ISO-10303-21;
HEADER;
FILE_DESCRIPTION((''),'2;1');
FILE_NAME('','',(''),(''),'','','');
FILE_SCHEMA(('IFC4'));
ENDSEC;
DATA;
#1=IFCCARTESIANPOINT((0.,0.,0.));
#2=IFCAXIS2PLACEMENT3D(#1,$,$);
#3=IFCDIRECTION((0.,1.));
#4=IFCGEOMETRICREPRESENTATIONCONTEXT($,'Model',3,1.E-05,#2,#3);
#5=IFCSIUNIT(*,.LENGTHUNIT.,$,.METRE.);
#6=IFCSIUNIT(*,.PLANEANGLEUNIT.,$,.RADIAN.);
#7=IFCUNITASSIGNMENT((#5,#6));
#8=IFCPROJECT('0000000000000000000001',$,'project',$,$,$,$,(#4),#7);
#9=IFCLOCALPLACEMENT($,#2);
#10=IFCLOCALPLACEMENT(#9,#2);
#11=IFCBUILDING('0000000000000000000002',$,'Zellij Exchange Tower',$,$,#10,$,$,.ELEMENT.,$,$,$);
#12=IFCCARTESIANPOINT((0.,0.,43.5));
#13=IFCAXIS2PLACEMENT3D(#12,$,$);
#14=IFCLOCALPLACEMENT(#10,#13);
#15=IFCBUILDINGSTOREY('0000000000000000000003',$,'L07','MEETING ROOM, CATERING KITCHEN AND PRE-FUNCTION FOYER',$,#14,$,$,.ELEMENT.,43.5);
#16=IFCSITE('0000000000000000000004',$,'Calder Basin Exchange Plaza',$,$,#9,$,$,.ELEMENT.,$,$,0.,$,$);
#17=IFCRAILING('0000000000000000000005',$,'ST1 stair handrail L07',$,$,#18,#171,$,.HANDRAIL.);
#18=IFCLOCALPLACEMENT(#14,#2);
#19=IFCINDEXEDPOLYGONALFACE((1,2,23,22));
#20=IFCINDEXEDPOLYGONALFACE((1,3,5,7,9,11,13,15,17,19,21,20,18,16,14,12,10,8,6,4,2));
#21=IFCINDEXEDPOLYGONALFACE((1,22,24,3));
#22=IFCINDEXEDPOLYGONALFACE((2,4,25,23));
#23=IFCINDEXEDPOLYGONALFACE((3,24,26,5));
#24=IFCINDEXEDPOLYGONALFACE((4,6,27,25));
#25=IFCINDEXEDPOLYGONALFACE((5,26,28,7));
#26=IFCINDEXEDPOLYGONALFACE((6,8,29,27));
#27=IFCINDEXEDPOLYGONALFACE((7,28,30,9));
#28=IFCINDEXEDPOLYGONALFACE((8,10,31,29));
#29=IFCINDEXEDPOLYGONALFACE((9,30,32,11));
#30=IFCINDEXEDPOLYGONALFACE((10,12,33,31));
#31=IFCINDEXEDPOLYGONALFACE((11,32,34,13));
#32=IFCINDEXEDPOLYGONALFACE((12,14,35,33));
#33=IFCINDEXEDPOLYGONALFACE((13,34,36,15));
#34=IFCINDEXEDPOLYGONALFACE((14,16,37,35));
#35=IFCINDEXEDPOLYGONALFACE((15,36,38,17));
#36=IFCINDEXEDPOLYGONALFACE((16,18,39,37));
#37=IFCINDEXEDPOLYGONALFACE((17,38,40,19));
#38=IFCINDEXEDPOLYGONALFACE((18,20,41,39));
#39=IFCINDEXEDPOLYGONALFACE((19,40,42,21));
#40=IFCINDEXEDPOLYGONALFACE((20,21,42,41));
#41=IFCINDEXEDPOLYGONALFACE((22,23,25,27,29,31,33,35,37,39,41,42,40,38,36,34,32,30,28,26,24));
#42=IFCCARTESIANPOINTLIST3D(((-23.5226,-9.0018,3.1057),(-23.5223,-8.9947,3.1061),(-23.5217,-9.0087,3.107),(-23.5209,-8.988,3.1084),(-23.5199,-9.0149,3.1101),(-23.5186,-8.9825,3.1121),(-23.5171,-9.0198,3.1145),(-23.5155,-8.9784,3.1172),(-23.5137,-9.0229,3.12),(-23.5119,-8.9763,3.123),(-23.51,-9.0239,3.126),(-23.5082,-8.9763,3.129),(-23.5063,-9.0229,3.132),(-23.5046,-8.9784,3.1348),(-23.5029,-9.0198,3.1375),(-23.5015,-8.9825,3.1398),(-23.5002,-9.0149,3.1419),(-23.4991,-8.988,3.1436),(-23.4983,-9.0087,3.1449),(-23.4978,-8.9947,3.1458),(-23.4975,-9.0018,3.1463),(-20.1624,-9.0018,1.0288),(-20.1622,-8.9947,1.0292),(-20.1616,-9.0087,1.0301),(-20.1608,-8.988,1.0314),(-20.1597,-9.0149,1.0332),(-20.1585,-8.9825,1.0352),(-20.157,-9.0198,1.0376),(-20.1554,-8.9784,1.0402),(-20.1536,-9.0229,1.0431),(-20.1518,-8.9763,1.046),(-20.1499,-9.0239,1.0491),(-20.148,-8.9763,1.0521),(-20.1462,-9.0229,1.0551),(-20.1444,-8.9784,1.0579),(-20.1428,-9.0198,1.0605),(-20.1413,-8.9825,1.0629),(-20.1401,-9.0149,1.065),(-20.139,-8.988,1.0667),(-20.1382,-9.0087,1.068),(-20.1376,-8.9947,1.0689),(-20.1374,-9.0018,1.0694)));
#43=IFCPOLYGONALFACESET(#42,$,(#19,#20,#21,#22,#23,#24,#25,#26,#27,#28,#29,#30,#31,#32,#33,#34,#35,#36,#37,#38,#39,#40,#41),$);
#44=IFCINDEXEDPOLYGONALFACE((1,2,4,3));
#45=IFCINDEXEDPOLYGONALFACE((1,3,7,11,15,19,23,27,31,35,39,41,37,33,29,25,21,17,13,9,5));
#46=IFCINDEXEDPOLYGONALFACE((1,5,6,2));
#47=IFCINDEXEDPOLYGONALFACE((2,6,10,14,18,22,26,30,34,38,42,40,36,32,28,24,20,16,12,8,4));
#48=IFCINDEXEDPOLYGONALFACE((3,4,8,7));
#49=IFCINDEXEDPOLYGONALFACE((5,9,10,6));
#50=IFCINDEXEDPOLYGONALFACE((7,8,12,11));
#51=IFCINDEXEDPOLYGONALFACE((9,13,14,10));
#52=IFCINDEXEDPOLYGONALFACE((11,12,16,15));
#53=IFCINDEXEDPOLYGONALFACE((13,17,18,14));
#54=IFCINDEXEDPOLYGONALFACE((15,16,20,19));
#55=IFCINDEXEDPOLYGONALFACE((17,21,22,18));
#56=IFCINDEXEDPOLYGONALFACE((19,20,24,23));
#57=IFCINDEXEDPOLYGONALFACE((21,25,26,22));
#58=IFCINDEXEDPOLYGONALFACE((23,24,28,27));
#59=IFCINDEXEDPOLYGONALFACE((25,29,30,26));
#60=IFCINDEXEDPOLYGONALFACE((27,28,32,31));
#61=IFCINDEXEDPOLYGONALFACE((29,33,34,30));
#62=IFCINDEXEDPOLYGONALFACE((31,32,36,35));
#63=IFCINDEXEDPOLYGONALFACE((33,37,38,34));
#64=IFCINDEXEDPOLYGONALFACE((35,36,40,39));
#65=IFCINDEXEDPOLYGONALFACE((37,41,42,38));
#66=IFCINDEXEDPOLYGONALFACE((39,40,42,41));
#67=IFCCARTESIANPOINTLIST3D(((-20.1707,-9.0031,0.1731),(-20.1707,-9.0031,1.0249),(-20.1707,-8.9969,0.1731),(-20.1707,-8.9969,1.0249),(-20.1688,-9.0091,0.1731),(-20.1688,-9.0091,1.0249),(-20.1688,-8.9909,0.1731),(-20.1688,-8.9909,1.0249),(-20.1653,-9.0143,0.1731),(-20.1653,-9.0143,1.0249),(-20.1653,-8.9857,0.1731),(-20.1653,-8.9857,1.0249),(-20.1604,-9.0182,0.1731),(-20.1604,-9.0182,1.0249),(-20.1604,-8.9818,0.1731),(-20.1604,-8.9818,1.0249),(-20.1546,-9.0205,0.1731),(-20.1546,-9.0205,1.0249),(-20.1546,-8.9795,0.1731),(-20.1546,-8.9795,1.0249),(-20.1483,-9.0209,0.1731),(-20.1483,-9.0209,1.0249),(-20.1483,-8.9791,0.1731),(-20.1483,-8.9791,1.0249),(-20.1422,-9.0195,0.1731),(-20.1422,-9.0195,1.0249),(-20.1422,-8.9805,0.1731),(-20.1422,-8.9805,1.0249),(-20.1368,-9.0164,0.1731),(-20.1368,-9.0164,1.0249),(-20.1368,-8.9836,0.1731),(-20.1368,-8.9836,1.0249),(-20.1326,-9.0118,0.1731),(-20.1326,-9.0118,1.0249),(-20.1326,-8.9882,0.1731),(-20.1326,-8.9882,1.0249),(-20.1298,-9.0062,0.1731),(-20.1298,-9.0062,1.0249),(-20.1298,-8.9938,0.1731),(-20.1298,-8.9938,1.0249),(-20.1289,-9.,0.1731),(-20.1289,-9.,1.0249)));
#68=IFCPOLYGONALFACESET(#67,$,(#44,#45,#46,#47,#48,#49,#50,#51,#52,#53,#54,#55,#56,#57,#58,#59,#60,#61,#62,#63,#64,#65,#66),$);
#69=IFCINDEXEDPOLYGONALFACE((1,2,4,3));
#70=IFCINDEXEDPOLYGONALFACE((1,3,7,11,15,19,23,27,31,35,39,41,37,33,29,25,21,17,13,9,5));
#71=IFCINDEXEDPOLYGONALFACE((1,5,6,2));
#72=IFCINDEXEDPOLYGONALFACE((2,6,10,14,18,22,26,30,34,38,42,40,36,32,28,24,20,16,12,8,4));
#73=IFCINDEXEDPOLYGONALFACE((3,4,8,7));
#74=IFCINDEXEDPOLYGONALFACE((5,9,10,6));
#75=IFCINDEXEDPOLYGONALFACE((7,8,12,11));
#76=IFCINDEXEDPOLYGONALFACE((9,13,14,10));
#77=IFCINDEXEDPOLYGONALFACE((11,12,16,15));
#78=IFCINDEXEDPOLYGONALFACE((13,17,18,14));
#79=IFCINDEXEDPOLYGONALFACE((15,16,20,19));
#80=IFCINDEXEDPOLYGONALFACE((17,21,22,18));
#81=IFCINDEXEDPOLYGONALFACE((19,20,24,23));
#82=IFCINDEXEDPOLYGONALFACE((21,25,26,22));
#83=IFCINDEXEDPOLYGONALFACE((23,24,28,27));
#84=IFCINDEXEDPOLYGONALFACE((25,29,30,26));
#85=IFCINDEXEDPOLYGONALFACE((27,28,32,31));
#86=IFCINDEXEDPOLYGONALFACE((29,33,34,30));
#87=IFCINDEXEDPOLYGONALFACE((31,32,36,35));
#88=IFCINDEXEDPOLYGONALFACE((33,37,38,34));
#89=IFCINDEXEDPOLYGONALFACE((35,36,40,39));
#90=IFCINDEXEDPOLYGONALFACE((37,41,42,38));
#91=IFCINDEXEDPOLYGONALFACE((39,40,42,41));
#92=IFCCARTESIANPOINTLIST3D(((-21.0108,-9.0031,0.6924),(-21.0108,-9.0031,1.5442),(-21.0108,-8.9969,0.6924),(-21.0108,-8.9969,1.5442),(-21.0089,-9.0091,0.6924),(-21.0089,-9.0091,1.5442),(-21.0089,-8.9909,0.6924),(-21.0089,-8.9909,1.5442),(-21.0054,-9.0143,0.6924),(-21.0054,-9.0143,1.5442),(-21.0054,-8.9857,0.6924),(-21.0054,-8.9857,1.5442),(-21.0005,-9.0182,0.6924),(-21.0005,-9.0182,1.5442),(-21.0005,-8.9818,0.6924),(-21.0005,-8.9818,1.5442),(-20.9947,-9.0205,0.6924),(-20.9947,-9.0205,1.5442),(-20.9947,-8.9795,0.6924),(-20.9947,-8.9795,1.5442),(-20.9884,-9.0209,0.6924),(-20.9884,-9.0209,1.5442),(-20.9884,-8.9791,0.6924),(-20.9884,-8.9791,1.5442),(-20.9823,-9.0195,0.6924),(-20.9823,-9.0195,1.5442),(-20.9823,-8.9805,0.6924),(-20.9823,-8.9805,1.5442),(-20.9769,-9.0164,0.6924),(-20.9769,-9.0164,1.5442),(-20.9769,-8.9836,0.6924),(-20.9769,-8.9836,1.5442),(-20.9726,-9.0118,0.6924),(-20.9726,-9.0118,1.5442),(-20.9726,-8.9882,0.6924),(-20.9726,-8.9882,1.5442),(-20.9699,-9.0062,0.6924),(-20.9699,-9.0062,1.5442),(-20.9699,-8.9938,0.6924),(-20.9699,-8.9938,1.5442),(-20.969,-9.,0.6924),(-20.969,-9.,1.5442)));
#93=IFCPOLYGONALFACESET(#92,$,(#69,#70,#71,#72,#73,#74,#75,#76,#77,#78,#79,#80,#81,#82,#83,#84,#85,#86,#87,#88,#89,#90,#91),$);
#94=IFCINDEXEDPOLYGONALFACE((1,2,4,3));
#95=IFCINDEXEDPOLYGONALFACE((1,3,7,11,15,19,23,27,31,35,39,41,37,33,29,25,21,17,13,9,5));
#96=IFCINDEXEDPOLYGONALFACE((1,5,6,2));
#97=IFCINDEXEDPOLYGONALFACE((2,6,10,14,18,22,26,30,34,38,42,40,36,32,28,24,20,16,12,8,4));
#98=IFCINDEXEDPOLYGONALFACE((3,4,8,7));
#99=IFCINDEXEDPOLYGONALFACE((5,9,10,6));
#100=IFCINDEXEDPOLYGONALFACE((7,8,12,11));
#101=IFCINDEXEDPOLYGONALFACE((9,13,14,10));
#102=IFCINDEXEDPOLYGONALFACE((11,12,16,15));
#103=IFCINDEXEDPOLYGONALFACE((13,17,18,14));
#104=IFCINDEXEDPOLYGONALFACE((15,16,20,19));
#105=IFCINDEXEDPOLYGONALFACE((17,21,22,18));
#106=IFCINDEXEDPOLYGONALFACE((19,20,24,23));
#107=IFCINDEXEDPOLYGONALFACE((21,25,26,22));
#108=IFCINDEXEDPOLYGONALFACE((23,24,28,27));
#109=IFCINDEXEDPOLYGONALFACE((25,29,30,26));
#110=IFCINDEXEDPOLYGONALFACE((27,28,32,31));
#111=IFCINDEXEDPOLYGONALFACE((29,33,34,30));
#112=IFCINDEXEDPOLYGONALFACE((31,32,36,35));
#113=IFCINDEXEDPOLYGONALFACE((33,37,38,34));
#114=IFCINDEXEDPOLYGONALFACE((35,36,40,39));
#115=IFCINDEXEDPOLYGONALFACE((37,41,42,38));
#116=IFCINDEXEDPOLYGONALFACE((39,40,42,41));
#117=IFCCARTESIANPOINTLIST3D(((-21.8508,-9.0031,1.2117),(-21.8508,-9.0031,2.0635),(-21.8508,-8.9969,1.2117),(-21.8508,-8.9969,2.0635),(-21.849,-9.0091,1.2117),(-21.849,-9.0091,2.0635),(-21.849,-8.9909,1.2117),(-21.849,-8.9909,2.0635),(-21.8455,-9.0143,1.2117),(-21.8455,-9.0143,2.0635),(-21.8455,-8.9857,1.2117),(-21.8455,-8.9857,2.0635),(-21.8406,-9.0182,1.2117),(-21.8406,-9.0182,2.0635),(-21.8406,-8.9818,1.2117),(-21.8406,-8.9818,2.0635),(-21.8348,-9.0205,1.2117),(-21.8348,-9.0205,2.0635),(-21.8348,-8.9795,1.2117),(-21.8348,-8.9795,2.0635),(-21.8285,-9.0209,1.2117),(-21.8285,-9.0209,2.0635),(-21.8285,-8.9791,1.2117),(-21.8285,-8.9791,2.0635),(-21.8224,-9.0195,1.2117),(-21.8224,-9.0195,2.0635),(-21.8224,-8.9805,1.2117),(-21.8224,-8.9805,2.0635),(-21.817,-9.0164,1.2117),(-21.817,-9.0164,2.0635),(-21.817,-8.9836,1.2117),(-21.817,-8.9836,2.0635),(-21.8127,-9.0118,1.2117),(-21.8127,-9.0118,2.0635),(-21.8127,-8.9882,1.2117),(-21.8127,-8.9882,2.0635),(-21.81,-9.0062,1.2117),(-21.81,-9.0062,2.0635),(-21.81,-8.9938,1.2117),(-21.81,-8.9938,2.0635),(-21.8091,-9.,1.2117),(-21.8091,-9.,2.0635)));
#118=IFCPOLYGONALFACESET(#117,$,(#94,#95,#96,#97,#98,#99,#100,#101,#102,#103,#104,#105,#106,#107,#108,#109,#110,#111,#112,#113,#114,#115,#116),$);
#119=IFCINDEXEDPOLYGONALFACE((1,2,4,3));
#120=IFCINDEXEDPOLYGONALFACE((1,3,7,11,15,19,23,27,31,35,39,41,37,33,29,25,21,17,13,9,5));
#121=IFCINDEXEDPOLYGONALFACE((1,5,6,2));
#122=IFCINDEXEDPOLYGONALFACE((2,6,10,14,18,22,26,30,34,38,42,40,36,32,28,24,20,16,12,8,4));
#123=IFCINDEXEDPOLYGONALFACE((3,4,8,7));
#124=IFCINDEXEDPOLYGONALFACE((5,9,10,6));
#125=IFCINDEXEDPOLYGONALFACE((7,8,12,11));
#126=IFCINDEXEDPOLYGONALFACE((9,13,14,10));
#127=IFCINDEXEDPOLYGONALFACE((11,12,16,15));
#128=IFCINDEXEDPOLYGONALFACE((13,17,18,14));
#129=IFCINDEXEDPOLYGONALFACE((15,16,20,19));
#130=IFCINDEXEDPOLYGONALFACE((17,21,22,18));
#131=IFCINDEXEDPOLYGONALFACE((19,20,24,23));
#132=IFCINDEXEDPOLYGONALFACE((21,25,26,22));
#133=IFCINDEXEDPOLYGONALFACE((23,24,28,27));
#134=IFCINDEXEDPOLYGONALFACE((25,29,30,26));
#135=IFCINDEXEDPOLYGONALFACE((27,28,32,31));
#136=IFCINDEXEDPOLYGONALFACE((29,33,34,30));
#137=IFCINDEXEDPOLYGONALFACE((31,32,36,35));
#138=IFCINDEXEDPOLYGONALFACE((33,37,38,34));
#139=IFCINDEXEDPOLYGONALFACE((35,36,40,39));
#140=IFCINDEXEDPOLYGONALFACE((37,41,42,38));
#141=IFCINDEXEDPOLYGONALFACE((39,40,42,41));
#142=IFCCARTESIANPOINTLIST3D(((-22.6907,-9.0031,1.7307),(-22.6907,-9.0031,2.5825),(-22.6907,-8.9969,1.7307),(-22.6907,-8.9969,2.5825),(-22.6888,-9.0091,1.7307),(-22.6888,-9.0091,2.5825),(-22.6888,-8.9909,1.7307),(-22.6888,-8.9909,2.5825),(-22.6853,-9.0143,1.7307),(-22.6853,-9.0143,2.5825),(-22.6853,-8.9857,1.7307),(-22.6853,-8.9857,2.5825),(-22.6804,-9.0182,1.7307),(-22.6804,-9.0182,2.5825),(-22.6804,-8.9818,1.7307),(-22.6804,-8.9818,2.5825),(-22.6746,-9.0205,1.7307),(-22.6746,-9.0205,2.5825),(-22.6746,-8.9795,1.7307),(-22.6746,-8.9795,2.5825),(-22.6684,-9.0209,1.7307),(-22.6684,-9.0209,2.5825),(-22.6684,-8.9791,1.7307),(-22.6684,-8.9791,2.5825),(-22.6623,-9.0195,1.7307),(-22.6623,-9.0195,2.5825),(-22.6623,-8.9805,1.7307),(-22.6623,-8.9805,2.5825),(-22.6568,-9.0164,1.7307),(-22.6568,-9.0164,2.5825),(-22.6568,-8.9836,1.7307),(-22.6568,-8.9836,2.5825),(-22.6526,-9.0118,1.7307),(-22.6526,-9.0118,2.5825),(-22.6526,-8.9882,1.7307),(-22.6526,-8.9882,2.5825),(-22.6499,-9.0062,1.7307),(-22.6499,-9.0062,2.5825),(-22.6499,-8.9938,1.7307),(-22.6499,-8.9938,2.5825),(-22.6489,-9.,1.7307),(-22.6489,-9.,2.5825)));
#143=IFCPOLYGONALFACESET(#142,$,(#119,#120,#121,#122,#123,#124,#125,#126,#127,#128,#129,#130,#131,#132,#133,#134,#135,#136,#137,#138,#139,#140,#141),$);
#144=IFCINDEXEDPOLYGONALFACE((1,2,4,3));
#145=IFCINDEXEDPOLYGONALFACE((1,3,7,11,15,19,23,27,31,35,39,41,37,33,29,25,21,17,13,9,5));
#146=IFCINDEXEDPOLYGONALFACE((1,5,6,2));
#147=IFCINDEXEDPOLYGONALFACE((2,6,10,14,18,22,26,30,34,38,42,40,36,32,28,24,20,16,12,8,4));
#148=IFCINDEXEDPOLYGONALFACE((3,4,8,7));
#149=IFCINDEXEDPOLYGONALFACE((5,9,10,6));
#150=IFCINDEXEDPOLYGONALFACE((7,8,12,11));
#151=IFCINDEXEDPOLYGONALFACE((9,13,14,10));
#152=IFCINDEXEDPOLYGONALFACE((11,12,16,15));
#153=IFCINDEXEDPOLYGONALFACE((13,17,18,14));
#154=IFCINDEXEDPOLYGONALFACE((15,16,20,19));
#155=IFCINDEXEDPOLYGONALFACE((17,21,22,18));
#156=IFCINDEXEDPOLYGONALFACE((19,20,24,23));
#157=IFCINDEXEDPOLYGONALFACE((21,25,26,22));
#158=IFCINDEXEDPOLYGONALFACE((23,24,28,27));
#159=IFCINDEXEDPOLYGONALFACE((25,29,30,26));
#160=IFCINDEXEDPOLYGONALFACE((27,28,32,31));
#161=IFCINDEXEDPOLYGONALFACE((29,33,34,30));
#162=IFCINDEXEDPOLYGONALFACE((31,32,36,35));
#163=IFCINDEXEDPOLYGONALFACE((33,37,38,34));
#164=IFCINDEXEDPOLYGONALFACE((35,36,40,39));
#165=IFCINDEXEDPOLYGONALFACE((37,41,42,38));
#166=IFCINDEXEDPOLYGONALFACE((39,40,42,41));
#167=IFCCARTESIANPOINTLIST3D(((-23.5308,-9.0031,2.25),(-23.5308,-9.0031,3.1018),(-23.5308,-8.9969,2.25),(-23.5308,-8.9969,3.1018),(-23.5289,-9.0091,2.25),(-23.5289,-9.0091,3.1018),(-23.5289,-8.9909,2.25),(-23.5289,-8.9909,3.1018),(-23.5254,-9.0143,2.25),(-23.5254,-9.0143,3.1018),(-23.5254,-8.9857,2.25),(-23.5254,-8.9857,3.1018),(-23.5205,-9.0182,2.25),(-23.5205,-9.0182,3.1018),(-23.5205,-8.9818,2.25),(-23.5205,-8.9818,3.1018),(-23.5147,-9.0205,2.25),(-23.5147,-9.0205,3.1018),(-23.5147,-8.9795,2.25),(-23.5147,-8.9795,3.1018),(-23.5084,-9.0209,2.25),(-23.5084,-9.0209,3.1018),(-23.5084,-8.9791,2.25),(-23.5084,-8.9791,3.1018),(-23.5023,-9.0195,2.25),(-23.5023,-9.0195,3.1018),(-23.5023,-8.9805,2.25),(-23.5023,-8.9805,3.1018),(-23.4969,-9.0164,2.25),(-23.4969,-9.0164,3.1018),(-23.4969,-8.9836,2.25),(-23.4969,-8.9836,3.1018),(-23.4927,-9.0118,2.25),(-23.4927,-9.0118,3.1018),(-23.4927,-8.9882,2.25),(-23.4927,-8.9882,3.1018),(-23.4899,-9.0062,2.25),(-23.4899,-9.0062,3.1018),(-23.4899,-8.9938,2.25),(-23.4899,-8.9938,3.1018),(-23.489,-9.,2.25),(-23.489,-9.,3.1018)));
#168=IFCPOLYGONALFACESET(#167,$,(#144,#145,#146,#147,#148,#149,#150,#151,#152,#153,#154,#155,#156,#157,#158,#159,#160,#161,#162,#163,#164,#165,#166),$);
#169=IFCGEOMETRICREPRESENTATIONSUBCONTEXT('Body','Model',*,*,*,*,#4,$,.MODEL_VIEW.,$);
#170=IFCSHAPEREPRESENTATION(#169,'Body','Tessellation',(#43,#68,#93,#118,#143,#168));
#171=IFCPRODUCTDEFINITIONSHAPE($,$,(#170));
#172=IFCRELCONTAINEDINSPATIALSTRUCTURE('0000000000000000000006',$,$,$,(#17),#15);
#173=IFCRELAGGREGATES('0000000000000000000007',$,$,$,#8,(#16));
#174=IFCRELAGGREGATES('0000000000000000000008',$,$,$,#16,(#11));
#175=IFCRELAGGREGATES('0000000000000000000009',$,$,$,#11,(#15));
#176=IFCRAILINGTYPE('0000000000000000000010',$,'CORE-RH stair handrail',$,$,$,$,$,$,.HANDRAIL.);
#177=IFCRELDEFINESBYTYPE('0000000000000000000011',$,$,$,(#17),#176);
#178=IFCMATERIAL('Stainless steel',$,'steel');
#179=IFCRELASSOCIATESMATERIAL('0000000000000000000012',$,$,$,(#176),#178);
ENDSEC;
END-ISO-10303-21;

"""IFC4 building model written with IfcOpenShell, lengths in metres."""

from ifc_helpers import new_model, si_unit, direction, frame, origin, origin_2d, place, context, subcontext, project, spatial, circle, extrude, material, type_object, element, save


model = new_model("IFC4")

# Units and contexts
model_context = context("Model", 3, precision=1e-05, world=origin(), true_north=direction((0.0, 1.0)))
body_context = subcontext(model_context, "Body", "Model", "MODEL_VIEW")
ifc_project = project(units=[si_unit("LENGTHUNIT", "METRE"), si_unit("PLANEANGLEUNIT", "RADIAN")], contexts=[model_context])

# Site, building, storey
site_placement = place(None, origin())
site = spatial("IfcSite", under=ifc_project, at=site_placement, Name="Calder Basin Exchange Plaza", CompositionType="ELEMENT", RefElevation=0.0)
building_placement = place(site_placement, origin())
building = spatial("IfcBuilding", under=site, at=building_placement, Name="Zellij Exchange Tower", CompositionType="ELEMENT")
storey_placement = place(building_placement, frame((0.0, 0.0, 43.5)))
storey = spatial("IfcBuildingStorey", under=building, at=storey_placement, Name="L07", Description="MEETING ROOM, CATERING KITCHEN AND PRE-FUNCTION FOYER", CompositionType="ELEMENT", Elevation=43.5)

# Railing
ifc_material_1 = material(Name="Stainless steel", Category="steel")
railing_type_1 = type_object("IfcRailingType", Name="CORE-RH stair handrail", PredefinedType="HANDRAIL", material=ifc_material_1)
for number, where, name in (
    (1, (-20.1499, -9.0, 0.1731), "ST1 stair handrail L07"),
):
    element("IfcRailing", number, at=place(storey_placement, frame(where)), inside=storey, type_object=railing_type_1, Name=name, PredefinedType="HANDRAIL", context=body_context, shape_type="SweptSolid", body=[
        extrude(circle(Radius=0.0239, at=origin_2d()), frame((0.0, 0.0, 0.876), z_axis=(-0.850623, 0.0, 0.525776), x_axis=(0.0, -1.0, 0.0)), (0.0, 0.0, 1.0), 3.9502),
        extrude(circle(Radius=0.021, at=origin_2d()), origin(), (0.0, 0.0, 1.0), 0.8518),
        extrude(circle(Radius=0.021, at=origin_2d()), frame((-0.8401, 0.0, 0.5193)), (0.0, 0.0, 1.0), 0.8518),
        extrude(circle(Radius=0.021, at=origin_2d()), frame((-1.6802, 0.0, 1.0386)), (0.0, 0.0, 1.0), 0.8518),
        extrude(circle(Radius=0.021, at=origin_2d()), frame((-2.52, 0.0, 1.5576)), (0.0, 0.0, 1.0), 0.8518),
        extrude(circle(Radius=0.021, at=origin_2d()), frame((-3.3601, 0.0, 2.0769)), (0.0, 0.0, 1.0), 0.8518),
    ])

save(model, "model.ifc")
